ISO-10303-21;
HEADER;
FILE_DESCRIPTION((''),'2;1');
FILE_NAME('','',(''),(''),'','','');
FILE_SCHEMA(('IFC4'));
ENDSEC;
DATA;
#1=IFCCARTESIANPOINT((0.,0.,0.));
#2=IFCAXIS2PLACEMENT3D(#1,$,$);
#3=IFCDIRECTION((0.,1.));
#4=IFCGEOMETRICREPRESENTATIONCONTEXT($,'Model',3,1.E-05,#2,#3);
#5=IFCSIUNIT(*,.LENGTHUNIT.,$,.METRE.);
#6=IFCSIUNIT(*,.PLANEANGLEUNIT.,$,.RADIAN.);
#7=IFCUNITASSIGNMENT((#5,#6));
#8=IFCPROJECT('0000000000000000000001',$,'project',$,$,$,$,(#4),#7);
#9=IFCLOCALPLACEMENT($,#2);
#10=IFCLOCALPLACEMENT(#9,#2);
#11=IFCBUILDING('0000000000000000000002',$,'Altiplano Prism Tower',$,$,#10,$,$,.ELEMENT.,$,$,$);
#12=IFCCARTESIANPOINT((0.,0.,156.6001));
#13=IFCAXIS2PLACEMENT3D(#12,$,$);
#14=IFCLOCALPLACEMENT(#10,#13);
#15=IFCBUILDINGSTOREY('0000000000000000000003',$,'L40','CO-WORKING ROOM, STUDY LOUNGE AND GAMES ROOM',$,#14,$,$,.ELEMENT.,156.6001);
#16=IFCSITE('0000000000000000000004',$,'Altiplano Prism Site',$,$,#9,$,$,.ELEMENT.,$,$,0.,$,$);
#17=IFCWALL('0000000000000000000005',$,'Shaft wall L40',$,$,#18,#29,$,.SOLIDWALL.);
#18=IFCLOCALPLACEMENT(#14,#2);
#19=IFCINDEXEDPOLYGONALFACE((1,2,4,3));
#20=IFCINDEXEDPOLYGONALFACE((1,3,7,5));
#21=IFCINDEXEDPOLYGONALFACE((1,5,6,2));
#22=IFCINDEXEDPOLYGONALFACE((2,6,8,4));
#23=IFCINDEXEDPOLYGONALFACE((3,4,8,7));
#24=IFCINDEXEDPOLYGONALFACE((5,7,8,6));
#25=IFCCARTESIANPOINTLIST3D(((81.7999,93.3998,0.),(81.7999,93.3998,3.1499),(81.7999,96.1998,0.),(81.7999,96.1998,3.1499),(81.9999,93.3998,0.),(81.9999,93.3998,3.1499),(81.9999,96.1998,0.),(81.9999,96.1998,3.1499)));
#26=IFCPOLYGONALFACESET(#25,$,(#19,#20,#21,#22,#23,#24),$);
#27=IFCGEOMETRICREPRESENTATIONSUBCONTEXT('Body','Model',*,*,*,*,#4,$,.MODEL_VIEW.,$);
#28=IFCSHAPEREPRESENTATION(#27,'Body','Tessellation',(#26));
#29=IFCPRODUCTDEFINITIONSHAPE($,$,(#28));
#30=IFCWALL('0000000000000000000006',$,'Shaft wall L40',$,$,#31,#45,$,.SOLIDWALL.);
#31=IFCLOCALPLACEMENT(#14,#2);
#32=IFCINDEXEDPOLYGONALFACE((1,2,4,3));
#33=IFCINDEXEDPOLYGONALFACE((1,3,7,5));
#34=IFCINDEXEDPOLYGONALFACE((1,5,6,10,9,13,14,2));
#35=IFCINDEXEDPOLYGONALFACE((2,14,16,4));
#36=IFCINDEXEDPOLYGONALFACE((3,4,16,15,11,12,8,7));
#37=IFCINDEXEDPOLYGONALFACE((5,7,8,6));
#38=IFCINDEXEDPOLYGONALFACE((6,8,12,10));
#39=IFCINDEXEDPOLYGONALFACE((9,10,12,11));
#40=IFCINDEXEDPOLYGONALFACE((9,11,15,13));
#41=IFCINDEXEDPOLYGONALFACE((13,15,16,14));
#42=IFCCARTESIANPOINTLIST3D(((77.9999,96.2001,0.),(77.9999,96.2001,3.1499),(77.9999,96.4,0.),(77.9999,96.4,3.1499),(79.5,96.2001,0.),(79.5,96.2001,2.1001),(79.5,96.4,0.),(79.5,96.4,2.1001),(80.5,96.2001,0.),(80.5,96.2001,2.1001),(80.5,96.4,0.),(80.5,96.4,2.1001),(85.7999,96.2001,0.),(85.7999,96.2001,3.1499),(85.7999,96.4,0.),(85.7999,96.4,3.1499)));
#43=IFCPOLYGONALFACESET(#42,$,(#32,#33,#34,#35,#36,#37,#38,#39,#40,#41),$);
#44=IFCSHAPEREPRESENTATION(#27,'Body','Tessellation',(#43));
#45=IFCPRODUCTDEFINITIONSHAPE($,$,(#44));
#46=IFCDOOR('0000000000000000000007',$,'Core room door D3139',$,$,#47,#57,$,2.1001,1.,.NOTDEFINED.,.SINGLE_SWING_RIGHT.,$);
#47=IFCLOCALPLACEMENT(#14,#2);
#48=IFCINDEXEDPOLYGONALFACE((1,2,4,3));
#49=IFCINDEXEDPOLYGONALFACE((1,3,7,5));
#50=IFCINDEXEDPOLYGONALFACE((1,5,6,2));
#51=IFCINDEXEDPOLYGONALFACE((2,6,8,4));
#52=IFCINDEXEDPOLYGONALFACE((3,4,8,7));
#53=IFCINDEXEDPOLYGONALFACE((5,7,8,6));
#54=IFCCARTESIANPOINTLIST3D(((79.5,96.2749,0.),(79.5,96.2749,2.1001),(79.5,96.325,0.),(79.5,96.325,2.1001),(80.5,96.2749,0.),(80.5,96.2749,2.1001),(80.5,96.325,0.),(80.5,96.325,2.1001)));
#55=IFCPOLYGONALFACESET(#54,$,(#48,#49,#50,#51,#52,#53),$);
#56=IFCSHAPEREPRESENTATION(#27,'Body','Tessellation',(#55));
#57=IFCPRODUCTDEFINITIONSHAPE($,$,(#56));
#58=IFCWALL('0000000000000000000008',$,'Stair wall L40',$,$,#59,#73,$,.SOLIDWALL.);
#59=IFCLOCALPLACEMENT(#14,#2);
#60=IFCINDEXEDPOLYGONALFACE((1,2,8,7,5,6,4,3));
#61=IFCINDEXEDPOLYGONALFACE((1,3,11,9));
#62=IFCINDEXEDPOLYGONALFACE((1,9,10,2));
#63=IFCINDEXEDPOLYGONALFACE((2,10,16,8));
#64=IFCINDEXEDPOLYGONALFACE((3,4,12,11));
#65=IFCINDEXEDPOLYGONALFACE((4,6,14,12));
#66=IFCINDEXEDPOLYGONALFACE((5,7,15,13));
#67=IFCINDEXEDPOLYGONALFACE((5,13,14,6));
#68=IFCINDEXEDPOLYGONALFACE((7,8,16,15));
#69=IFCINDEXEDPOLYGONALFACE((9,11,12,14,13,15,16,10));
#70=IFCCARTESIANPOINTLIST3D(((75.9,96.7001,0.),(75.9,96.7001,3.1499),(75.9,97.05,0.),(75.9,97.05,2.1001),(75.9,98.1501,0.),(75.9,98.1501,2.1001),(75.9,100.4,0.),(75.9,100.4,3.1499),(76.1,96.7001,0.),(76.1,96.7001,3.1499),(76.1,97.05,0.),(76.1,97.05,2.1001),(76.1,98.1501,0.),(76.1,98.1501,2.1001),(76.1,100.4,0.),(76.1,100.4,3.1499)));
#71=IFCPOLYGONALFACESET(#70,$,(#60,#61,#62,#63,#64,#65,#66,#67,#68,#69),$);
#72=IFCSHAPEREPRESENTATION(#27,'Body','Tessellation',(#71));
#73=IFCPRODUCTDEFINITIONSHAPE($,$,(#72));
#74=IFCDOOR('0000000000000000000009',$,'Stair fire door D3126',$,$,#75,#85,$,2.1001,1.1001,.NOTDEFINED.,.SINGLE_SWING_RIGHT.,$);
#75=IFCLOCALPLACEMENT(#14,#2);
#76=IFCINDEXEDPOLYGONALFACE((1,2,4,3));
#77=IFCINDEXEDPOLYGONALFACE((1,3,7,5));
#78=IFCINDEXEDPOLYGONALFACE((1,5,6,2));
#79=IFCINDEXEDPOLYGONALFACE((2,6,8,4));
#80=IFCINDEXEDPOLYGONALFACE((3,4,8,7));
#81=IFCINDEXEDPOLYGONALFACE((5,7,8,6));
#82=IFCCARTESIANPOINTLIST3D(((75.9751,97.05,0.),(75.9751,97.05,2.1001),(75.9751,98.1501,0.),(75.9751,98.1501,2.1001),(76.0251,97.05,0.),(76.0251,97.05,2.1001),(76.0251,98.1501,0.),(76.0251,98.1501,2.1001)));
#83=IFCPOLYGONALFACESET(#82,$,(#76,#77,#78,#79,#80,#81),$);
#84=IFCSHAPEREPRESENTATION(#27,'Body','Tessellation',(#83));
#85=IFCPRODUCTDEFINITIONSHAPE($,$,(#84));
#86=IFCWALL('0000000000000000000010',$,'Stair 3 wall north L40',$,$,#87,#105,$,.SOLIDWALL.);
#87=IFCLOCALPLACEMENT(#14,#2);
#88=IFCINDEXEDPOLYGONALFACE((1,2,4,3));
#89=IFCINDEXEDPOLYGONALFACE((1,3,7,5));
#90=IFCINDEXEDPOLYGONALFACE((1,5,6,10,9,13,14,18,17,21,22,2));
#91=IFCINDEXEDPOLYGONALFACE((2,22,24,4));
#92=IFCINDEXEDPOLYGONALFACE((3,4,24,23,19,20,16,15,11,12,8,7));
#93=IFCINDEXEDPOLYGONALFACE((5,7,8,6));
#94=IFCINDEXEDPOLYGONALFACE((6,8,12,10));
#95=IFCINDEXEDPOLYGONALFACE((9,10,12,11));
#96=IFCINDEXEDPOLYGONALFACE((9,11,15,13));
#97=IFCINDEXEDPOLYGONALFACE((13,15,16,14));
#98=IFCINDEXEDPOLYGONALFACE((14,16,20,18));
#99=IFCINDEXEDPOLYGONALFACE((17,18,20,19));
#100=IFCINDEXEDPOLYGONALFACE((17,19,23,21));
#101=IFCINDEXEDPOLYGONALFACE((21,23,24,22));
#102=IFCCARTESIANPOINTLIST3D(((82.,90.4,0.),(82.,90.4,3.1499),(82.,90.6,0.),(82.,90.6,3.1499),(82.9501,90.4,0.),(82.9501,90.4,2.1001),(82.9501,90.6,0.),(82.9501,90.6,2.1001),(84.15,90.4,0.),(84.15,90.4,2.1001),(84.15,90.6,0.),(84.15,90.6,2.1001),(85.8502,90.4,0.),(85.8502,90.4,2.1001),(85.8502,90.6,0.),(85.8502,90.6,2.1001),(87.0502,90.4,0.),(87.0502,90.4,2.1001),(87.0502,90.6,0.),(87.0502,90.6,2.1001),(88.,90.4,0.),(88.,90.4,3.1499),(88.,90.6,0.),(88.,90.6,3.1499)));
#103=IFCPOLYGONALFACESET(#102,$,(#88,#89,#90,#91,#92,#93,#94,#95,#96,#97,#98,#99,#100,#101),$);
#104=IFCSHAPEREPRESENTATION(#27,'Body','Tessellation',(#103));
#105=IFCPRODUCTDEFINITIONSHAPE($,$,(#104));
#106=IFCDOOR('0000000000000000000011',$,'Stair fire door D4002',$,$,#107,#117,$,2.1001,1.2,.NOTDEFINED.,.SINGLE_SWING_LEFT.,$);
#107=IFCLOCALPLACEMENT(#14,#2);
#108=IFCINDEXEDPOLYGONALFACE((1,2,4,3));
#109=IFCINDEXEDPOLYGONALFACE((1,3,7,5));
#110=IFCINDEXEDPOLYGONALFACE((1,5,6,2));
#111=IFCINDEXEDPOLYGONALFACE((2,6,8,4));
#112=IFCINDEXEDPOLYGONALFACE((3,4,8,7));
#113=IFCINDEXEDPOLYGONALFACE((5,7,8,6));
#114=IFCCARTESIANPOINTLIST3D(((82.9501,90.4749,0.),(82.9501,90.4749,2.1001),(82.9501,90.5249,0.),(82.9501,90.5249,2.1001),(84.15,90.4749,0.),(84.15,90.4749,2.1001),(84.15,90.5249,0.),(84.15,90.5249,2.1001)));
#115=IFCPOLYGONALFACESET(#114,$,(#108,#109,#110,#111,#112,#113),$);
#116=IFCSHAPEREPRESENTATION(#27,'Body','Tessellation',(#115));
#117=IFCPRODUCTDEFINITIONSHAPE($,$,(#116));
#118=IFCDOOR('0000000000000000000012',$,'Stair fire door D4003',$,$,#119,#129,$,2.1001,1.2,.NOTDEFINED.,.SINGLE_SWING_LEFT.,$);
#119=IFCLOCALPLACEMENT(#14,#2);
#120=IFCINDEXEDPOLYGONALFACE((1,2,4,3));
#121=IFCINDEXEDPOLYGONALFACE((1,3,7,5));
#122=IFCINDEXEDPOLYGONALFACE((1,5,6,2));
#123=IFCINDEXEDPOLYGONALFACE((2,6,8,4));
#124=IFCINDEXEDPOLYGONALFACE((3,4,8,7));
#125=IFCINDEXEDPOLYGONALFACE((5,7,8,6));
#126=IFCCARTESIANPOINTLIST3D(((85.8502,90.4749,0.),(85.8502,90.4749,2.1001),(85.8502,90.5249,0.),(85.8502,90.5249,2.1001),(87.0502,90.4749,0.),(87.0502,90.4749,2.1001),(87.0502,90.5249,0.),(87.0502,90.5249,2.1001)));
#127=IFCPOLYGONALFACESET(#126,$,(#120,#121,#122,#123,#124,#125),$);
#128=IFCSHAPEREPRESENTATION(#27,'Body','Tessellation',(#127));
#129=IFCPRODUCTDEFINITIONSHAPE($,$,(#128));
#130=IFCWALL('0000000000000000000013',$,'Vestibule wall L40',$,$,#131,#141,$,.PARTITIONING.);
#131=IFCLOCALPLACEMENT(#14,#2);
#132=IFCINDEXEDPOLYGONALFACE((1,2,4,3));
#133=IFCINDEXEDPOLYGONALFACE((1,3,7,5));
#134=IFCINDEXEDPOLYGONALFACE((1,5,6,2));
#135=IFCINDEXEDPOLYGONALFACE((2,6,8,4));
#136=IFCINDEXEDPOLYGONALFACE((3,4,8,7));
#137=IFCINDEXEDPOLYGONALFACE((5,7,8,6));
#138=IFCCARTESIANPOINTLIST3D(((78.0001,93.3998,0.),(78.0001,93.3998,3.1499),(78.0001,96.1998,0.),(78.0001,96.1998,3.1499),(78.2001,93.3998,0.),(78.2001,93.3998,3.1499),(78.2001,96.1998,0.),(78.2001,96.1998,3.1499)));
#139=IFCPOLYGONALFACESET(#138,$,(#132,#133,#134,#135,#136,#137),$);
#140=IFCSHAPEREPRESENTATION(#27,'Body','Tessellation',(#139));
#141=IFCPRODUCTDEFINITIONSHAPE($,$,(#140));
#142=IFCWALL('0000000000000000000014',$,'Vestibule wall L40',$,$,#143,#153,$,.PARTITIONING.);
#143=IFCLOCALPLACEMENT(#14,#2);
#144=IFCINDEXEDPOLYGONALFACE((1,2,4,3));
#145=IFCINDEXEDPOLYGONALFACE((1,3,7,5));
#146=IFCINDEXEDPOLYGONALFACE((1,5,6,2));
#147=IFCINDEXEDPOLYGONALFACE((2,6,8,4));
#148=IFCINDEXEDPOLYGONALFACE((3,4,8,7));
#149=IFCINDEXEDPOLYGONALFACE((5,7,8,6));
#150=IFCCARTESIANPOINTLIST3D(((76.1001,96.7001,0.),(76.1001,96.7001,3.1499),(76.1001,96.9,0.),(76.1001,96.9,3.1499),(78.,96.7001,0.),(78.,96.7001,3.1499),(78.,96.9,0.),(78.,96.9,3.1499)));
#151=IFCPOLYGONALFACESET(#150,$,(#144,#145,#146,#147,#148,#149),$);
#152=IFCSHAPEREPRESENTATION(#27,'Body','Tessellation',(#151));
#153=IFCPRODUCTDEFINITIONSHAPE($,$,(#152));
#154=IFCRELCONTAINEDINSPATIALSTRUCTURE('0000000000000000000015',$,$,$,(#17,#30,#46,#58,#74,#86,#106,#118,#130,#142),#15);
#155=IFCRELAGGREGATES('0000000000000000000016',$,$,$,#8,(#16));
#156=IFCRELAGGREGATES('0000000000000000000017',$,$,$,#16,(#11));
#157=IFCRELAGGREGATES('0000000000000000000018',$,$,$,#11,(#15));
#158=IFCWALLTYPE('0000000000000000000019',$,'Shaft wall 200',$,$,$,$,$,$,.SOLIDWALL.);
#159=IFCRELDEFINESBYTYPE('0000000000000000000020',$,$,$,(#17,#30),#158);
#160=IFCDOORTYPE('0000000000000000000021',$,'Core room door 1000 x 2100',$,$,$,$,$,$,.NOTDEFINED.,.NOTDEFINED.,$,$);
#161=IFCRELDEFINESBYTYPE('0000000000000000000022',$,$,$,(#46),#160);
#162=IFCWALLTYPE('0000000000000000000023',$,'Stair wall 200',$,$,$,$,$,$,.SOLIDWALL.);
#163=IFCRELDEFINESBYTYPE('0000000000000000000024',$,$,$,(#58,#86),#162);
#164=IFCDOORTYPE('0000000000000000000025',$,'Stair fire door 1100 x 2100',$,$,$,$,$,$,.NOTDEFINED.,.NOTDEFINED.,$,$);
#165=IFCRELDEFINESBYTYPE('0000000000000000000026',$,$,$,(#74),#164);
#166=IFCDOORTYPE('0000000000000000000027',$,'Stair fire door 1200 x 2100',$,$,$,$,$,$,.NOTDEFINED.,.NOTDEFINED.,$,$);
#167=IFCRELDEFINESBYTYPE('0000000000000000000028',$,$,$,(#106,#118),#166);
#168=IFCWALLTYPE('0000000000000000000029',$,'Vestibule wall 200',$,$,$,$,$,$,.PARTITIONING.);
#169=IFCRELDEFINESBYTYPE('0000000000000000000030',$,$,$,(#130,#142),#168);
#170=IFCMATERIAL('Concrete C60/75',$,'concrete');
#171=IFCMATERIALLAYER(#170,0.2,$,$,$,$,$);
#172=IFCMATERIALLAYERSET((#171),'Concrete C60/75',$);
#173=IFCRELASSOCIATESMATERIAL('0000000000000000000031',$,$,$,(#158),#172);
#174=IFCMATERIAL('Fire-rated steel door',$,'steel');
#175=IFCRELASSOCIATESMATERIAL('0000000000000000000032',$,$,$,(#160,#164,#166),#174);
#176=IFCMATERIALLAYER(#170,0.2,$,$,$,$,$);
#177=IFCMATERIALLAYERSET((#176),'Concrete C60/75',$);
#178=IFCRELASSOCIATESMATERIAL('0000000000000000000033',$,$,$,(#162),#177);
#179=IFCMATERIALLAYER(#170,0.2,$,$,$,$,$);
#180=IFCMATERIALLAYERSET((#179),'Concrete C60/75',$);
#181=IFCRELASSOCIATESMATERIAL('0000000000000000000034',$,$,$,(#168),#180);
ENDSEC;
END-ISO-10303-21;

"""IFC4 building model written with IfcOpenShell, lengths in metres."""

from ifc_helpers import new_model, si_unit, direction, frame, frame_2d, origin, place, context, subcontext, project, spatial, rectangle, extrude, material, layer, layer_set, type_object, element, fill, save


model = new_model("IFC4")

# Units and contexts
model_context = context("Model", 3, precision=1e-05, world=origin(), true_north=direction((0.0, 1.0)))
body_context = subcontext(model_context, "Body", "Model", "MODEL_VIEW")
ifc_project = project(units=[si_unit("LENGTHUNIT", "METRE"), si_unit("PLANEANGLEUNIT", "RADIAN")], contexts=[model_context])

# Site, building, storey
site_placement = place(None, origin())
site = spatial("IfcSite", under=ifc_project, at=site_placement, Name="Altiplano Prism Site", CompositionType="ELEMENT", RefElevation=0.0)
building_placement = place(site_placement, origin())
building = spatial("IfcBuilding", under=site, at=building_placement, Name="Altiplano Prism Tower", CompositionType="ELEMENT")
storey_placement = place(building_placement, frame((0.0, 0.0, 156.6001)))
storey = spatial("IfcBuildingStorey", under=building, at=storey_placement, Name="L40", Description="CO-WORKING ROOM, STUDY LOUNGE AND GAMES ROOM", CompositionType="ELEMENT", Elevation=156.6001)

# Wall
ifc_material_1 = material(Name="Concrete C60/75", Category="concrete")
ifc_layer_1 = layer(ifc_material_1, 0.2)
ifc_layer_set_1 = layer_set([ifc_layer_1], Name="Concrete C60/75")
wall_type_1 = type_object("IfcWallType", Name="Shaft wall 200", PredefinedType="SOLIDWALL", material=ifc_layer_set_1)
wall_1_placement = place(storey_placement, frame((81.8999, 93.3999, 0.0), z_axis=(0.0, 0.0, 1.0), x_axis=(0.0, 1.0, 0.0)))
element("IfcWall", 1, at=wall_1_placement, inside=storey, type_object=wall_type_1, Name="Shaft wall L40", PredefinedType="SOLIDWALL", context=body_context, shape_type="SweptSolid", body=[
    extrude(rectangle(XDim=2.8, YDim=0.2, at=frame_2d((1.3999, 0.0))), origin(), (0.0, 0.0, 1.0), 3.1499),
])

# Walls, openings, doors
wall_2_placement = place(storey_placement, frame((78.0, 96.3, 0.0), z_axis=(0.0, 0.0, 1.0), x_axis=(1.0, 0.0, 0.0)))
wall_2 = element("IfcWall", 2, at=wall_2_placement, inside=storey, type_object=wall_type_1, Name="Shaft wall L40", PredefinedType="SOLIDWALL", context=body_context, shape_type="SweptSolid", body=[
    extrude(rectangle(XDim=7.8, YDim=0.2, at=frame_2d((3.8999, 0.0))), origin(), (0.0, 0.0, 1.0), 3.1499),
])
opening_1_placement = place(wall_2_placement, frame((1.5, 0.0, 0.0)))
opening_1 = element("IfcOpeningElement", 3, at=opening_1_placement, cuts=wall_2, PredefinedType="OPENING", context=body_context, shape_type="SweptSolid", body=[
    extrude(rectangle(XDim=1.0, YDim=2.1001, at=frame_2d((0.5, 1.05))), frame((0.0, 0.1104, 0.0), z_axis=(0.0, -1.0, 0.0), x_axis=(1.0, 0.0, 0.0)), (0.0, 0.0, 1.0), 0.2209),
])
ifc_material_2 = material(Name="Fire-rated steel door", Category="steel")
door_type_1 = type_object("IfcDoorType", Name="Core room door 1000 x 2100", OperationType="NOTDEFINED", PredefinedType="NOTDEFINED", material=ifc_material_2)
door_1_placement = place(opening_1_placement, origin())
door_1 = element("IfcDoor", 4, at=door_1_placement, inside=storey, type_object=door_type_1, Name="Core room door D3139", OperationType="SINGLE_SWING_RIGHT", OverallHeight=2.1001, OverallWidth=1.0, PredefinedType="NOTDEFINED", context=body_context, shape_type="SweptSolid", body=[
    extrude(rectangle(XDim=1.0, YDim=2.1001, at=frame_2d((0.5, 1.05))), frame((0.0, 0.0249, 0.0), z_axis=(0.0, -1.0, 0.0), x_axis=(1.0, 0.0, 0.0)), (0.0, 0.0, 1.0), 0.05),
])
fill(opening_1, door_1)
ifc_layer_2 = layer(ifc_material_1, 0.2)
ifc_layer_set_2 = layer_set([ifc_layer_2], Name="Concrete C60/75")
wall_type_2 = type_object("IfcWallType", Name="Stair wall 200", PredefinedType="SOLIDWALL", material=ifc_layer_set_2)
wall_3_placement = place(storey_placement, frame((76.0, 96.7, 0.0), z_axis=(0.0, 0.0, 1.0), x_axis=(0.0, 1.0, 0.0)))
wall_3 = element("IfcWall", 5, at=wall_3_placement, inside=storey, type_object=wall_type_2, Name="Stair wall L40", PredefinedType="SOLIDWALL", context=body_context, shape_type="SweptSolid", body=[
    extrude(rectangle(XDim=3.7, YDim=0.2, at=frame_2d((1.8501, 0.0))), origin(), (0.0, 0.0, 1.0), 3.1499),
])
opening_2_placement = place(wall_3_placement, frame((0.3501, 0.0, 0.0)))
opening_2 = element("IfcOpeningElement", 6, at=opening_2_placement, cuts=wall_3, PredefinedType="OPENING", context=body_context, shape_type="SweptSolid", body=[
    extrude(rectangle(XDim=1.1001, YDim=2.1001, at=frame_2d((0.55, 1.05))), frame((0.0, 0.1104, 0.0), z_axis=(0.0, -1.0, 0.0), x_axis=(1.0, 0.0, 0.0)), (0.0, 0.0, 1.0), 0.2209),
])
door_type_2 = type_object("IfcDoorType", Name="Stair fire door 1100 x 2100", OperationType="NOTDEFINED", PredefinedType="NOTDEFINED", material=ifc_material_2)
door_2_placement = place(opening_2_placement, origin())
door_2 = element("IfcDoor", 7, at=door_2_placement, inside=storey, type_object=door_type_2, Name="Stair fire door D3126", OperationType="SINGLE_SWING_RIGHT", OverallHeight=2.1001, OverallWidth=1.1001, PredefinedType="NOTDEFINED", context=body_context, shape_type="SweptSolid", body=[
    extrude(rectangle(XDim=1.1001, YDim=2.1001, at=frame_2d((0.55, 1.05))), frame((0.0, 0.0249, 0.0), z_axis=(0.0, -1.0, 0.0), x_axis=(1.0, 0.0, 0.0)), (0.0, 0.0, 1.0), 0.05),
])
fill(opening_2, door_2)

# Wall, openings, doors
wall_4_placement = place(storey_placement, frame((82.0, 90.5, 0.0), z_axis=(0.0, 0.0, 1.0), x_axis=(1.0, 0.0, 0.0)))
wall_4 = element("IfcWall", 8, at=wall_4_placement, inside=storey, type_object=wall_type_2, Name="Stair 3 wall north L40", PredefinedType="SOLIDWALL", context=body_context, shape_type="SweptSolid", body=[
    extrude(rectangle(XDim=6.0, YDim=0.2, at=frame_2d((3.0, 0.0))), origin(), (0.0, 0.0, 1.0), 3.1499),
])
opening_3_placement = place(wall_4_placement, frame((0.95, 0.0, 0.0)))
opening_3 = element("IfcOpeningElement", 9, at=opening_3_placement, cuts=wall_4, PredefinedType="OPENING", context=body_context, shape_type="SweptSolid", body=[
    extrude(rectangle(XDim=1.2, YDim=2.1001, at=frame_2d((0.6001, 1.05))), frame((0.0, 0.1104, 0.0), z_axis=(0.0, -1.0, 0.0), x_axis=(1.0, 0.0, 0.0)), (0.0, 0.0, 1.0), 0.2209),
])
opening_4_placement = place(wall_4_placement, frame((3.8501, 0.0, 0.0)))
opening_4 = element("IfcOpeningElement", 10, at=opening_4_placement, cuts=wall_4, PredefinedType="OPENING", context=body_context, shape_type="SweptSolid", body=[
    extrude(rectangle(XDim=1.2, YDim=2.1001, at=frame_2d((0.6001, 1.05))), frame((0.0, 0.1104, 0.0), z_axis=(0.0, -1.0, 0.0), x_axis=(1.0, 0.0, 0.0)), (0.0, 0.0, 1.0), 0.2209),
])
door_type_3 = type_object("IfcDoorType", Name="Stair fire door 1200 x 2100", OperationType="NOTDEFINED", PredefinedType="NOTDEFINED", material=ifc_material_2)
door_3_placement = place(opening_3_placement, origin())
door_3 = element("IfcDoor", 11, at=door_3_placement, inside=storey, type_object=door_type_3, Name="Stair fire door D4002", OperationType="SINGLE_SWING_LEFT", OverallHeight=2.1001, OverallWidth=1.2, PredefinedType="NOTDEFINED", context=body_context, shape_type="SweptSolid", body=[
    extrude(rectangle(XDim=1.2, YDim=2.1001, at=frame_2d((0.6001, 1.05))), frame((0.0, 0.0249, 0.0), z_axis=(0.0, -1.0, 0.0), x_axis=(1.0, 0.0, 0.0)), (0.0, 0.0, 1.0), 0.05),
])
fill(opening_3, door_3)
door_4_placement = place(opening_4_placement, origin())
door_4 = element("IfcDoor", 12, at=door_4_placement, inside=storey, type_object=door_type_3, Name="Stair fire door D4003", OperationType="SINGLE_SWING_LEFT", OverallHeight=2.1001, OverallWidth=1.2, PredefinedType="NOTDEFINED", context=body_context, shape_type="SweptSolid", body=[
    extrude(rectangle(XDim=1.2, YDim=2.1001, at=frame_2d((0.6001, 1.05))), frame((0.0, 0.0249, 0.0), z_axis=(0.0, -1.0, 0.0), x_axis=(1.0, 0.0, 0.0)), (0.0, 0.0, 1.0), 0.05),
])
fill(opening_4, door_4)

# Walls
ifc_layer_3 = layer(ifc_material_1, 0.2)
ifc_layer_set_3 = layer_set([ifc_layer_3], Name="Concrete C60/75")
wall_type_3 = type_object("IfcWallType", Name="Vestibule wall 200", PredefinedType="PARTITIONING", material=ifc_layer_set_3)
wall_5_placement = place(storey_placement, frame((78.1001, 93.3999, 0.0), z_axis=(0.0, 0.0, 1.0), x_axis=(0.0, 1.0, 0.0)))
element("IfcWall", 13, at=wall_5_placement, inside=storey, type_object=wall_type_3, Name="Vestibule wall L40", PredefinedType="PARTITIONING", context=body_context, shape_type="SweptSolid", body=[
    extrude(rectangle(XDim=2.8, YDim=0.2, at=frame_2d((1.3999, 0.0))), origin(), (0.0, 0.0, 1.0), 3.1499),
])
wall_6_placement = place(storey_placement, frame((76.1001, 96.8, 0.0), z_axis=(0.0, 0.0, 1.0), x_axis=(1.0, 0.0, 0.0)))
element("IfcWall", 14, at=wall_6_placement, inside=storey, type_object=wall_type_3, Name="Vestibule wall L40", PredefinedType="PARTITIONING", context=body_context, shape_type="SweptSolid", body=[
    extrude(rectangle(XDim=1.8999, YDim=0.2, at=frame_2d((0.95, 0.0))), origin(), (0.0, 0.0, 1.0), 3.1499),
])

save(model, "model.ifc")
